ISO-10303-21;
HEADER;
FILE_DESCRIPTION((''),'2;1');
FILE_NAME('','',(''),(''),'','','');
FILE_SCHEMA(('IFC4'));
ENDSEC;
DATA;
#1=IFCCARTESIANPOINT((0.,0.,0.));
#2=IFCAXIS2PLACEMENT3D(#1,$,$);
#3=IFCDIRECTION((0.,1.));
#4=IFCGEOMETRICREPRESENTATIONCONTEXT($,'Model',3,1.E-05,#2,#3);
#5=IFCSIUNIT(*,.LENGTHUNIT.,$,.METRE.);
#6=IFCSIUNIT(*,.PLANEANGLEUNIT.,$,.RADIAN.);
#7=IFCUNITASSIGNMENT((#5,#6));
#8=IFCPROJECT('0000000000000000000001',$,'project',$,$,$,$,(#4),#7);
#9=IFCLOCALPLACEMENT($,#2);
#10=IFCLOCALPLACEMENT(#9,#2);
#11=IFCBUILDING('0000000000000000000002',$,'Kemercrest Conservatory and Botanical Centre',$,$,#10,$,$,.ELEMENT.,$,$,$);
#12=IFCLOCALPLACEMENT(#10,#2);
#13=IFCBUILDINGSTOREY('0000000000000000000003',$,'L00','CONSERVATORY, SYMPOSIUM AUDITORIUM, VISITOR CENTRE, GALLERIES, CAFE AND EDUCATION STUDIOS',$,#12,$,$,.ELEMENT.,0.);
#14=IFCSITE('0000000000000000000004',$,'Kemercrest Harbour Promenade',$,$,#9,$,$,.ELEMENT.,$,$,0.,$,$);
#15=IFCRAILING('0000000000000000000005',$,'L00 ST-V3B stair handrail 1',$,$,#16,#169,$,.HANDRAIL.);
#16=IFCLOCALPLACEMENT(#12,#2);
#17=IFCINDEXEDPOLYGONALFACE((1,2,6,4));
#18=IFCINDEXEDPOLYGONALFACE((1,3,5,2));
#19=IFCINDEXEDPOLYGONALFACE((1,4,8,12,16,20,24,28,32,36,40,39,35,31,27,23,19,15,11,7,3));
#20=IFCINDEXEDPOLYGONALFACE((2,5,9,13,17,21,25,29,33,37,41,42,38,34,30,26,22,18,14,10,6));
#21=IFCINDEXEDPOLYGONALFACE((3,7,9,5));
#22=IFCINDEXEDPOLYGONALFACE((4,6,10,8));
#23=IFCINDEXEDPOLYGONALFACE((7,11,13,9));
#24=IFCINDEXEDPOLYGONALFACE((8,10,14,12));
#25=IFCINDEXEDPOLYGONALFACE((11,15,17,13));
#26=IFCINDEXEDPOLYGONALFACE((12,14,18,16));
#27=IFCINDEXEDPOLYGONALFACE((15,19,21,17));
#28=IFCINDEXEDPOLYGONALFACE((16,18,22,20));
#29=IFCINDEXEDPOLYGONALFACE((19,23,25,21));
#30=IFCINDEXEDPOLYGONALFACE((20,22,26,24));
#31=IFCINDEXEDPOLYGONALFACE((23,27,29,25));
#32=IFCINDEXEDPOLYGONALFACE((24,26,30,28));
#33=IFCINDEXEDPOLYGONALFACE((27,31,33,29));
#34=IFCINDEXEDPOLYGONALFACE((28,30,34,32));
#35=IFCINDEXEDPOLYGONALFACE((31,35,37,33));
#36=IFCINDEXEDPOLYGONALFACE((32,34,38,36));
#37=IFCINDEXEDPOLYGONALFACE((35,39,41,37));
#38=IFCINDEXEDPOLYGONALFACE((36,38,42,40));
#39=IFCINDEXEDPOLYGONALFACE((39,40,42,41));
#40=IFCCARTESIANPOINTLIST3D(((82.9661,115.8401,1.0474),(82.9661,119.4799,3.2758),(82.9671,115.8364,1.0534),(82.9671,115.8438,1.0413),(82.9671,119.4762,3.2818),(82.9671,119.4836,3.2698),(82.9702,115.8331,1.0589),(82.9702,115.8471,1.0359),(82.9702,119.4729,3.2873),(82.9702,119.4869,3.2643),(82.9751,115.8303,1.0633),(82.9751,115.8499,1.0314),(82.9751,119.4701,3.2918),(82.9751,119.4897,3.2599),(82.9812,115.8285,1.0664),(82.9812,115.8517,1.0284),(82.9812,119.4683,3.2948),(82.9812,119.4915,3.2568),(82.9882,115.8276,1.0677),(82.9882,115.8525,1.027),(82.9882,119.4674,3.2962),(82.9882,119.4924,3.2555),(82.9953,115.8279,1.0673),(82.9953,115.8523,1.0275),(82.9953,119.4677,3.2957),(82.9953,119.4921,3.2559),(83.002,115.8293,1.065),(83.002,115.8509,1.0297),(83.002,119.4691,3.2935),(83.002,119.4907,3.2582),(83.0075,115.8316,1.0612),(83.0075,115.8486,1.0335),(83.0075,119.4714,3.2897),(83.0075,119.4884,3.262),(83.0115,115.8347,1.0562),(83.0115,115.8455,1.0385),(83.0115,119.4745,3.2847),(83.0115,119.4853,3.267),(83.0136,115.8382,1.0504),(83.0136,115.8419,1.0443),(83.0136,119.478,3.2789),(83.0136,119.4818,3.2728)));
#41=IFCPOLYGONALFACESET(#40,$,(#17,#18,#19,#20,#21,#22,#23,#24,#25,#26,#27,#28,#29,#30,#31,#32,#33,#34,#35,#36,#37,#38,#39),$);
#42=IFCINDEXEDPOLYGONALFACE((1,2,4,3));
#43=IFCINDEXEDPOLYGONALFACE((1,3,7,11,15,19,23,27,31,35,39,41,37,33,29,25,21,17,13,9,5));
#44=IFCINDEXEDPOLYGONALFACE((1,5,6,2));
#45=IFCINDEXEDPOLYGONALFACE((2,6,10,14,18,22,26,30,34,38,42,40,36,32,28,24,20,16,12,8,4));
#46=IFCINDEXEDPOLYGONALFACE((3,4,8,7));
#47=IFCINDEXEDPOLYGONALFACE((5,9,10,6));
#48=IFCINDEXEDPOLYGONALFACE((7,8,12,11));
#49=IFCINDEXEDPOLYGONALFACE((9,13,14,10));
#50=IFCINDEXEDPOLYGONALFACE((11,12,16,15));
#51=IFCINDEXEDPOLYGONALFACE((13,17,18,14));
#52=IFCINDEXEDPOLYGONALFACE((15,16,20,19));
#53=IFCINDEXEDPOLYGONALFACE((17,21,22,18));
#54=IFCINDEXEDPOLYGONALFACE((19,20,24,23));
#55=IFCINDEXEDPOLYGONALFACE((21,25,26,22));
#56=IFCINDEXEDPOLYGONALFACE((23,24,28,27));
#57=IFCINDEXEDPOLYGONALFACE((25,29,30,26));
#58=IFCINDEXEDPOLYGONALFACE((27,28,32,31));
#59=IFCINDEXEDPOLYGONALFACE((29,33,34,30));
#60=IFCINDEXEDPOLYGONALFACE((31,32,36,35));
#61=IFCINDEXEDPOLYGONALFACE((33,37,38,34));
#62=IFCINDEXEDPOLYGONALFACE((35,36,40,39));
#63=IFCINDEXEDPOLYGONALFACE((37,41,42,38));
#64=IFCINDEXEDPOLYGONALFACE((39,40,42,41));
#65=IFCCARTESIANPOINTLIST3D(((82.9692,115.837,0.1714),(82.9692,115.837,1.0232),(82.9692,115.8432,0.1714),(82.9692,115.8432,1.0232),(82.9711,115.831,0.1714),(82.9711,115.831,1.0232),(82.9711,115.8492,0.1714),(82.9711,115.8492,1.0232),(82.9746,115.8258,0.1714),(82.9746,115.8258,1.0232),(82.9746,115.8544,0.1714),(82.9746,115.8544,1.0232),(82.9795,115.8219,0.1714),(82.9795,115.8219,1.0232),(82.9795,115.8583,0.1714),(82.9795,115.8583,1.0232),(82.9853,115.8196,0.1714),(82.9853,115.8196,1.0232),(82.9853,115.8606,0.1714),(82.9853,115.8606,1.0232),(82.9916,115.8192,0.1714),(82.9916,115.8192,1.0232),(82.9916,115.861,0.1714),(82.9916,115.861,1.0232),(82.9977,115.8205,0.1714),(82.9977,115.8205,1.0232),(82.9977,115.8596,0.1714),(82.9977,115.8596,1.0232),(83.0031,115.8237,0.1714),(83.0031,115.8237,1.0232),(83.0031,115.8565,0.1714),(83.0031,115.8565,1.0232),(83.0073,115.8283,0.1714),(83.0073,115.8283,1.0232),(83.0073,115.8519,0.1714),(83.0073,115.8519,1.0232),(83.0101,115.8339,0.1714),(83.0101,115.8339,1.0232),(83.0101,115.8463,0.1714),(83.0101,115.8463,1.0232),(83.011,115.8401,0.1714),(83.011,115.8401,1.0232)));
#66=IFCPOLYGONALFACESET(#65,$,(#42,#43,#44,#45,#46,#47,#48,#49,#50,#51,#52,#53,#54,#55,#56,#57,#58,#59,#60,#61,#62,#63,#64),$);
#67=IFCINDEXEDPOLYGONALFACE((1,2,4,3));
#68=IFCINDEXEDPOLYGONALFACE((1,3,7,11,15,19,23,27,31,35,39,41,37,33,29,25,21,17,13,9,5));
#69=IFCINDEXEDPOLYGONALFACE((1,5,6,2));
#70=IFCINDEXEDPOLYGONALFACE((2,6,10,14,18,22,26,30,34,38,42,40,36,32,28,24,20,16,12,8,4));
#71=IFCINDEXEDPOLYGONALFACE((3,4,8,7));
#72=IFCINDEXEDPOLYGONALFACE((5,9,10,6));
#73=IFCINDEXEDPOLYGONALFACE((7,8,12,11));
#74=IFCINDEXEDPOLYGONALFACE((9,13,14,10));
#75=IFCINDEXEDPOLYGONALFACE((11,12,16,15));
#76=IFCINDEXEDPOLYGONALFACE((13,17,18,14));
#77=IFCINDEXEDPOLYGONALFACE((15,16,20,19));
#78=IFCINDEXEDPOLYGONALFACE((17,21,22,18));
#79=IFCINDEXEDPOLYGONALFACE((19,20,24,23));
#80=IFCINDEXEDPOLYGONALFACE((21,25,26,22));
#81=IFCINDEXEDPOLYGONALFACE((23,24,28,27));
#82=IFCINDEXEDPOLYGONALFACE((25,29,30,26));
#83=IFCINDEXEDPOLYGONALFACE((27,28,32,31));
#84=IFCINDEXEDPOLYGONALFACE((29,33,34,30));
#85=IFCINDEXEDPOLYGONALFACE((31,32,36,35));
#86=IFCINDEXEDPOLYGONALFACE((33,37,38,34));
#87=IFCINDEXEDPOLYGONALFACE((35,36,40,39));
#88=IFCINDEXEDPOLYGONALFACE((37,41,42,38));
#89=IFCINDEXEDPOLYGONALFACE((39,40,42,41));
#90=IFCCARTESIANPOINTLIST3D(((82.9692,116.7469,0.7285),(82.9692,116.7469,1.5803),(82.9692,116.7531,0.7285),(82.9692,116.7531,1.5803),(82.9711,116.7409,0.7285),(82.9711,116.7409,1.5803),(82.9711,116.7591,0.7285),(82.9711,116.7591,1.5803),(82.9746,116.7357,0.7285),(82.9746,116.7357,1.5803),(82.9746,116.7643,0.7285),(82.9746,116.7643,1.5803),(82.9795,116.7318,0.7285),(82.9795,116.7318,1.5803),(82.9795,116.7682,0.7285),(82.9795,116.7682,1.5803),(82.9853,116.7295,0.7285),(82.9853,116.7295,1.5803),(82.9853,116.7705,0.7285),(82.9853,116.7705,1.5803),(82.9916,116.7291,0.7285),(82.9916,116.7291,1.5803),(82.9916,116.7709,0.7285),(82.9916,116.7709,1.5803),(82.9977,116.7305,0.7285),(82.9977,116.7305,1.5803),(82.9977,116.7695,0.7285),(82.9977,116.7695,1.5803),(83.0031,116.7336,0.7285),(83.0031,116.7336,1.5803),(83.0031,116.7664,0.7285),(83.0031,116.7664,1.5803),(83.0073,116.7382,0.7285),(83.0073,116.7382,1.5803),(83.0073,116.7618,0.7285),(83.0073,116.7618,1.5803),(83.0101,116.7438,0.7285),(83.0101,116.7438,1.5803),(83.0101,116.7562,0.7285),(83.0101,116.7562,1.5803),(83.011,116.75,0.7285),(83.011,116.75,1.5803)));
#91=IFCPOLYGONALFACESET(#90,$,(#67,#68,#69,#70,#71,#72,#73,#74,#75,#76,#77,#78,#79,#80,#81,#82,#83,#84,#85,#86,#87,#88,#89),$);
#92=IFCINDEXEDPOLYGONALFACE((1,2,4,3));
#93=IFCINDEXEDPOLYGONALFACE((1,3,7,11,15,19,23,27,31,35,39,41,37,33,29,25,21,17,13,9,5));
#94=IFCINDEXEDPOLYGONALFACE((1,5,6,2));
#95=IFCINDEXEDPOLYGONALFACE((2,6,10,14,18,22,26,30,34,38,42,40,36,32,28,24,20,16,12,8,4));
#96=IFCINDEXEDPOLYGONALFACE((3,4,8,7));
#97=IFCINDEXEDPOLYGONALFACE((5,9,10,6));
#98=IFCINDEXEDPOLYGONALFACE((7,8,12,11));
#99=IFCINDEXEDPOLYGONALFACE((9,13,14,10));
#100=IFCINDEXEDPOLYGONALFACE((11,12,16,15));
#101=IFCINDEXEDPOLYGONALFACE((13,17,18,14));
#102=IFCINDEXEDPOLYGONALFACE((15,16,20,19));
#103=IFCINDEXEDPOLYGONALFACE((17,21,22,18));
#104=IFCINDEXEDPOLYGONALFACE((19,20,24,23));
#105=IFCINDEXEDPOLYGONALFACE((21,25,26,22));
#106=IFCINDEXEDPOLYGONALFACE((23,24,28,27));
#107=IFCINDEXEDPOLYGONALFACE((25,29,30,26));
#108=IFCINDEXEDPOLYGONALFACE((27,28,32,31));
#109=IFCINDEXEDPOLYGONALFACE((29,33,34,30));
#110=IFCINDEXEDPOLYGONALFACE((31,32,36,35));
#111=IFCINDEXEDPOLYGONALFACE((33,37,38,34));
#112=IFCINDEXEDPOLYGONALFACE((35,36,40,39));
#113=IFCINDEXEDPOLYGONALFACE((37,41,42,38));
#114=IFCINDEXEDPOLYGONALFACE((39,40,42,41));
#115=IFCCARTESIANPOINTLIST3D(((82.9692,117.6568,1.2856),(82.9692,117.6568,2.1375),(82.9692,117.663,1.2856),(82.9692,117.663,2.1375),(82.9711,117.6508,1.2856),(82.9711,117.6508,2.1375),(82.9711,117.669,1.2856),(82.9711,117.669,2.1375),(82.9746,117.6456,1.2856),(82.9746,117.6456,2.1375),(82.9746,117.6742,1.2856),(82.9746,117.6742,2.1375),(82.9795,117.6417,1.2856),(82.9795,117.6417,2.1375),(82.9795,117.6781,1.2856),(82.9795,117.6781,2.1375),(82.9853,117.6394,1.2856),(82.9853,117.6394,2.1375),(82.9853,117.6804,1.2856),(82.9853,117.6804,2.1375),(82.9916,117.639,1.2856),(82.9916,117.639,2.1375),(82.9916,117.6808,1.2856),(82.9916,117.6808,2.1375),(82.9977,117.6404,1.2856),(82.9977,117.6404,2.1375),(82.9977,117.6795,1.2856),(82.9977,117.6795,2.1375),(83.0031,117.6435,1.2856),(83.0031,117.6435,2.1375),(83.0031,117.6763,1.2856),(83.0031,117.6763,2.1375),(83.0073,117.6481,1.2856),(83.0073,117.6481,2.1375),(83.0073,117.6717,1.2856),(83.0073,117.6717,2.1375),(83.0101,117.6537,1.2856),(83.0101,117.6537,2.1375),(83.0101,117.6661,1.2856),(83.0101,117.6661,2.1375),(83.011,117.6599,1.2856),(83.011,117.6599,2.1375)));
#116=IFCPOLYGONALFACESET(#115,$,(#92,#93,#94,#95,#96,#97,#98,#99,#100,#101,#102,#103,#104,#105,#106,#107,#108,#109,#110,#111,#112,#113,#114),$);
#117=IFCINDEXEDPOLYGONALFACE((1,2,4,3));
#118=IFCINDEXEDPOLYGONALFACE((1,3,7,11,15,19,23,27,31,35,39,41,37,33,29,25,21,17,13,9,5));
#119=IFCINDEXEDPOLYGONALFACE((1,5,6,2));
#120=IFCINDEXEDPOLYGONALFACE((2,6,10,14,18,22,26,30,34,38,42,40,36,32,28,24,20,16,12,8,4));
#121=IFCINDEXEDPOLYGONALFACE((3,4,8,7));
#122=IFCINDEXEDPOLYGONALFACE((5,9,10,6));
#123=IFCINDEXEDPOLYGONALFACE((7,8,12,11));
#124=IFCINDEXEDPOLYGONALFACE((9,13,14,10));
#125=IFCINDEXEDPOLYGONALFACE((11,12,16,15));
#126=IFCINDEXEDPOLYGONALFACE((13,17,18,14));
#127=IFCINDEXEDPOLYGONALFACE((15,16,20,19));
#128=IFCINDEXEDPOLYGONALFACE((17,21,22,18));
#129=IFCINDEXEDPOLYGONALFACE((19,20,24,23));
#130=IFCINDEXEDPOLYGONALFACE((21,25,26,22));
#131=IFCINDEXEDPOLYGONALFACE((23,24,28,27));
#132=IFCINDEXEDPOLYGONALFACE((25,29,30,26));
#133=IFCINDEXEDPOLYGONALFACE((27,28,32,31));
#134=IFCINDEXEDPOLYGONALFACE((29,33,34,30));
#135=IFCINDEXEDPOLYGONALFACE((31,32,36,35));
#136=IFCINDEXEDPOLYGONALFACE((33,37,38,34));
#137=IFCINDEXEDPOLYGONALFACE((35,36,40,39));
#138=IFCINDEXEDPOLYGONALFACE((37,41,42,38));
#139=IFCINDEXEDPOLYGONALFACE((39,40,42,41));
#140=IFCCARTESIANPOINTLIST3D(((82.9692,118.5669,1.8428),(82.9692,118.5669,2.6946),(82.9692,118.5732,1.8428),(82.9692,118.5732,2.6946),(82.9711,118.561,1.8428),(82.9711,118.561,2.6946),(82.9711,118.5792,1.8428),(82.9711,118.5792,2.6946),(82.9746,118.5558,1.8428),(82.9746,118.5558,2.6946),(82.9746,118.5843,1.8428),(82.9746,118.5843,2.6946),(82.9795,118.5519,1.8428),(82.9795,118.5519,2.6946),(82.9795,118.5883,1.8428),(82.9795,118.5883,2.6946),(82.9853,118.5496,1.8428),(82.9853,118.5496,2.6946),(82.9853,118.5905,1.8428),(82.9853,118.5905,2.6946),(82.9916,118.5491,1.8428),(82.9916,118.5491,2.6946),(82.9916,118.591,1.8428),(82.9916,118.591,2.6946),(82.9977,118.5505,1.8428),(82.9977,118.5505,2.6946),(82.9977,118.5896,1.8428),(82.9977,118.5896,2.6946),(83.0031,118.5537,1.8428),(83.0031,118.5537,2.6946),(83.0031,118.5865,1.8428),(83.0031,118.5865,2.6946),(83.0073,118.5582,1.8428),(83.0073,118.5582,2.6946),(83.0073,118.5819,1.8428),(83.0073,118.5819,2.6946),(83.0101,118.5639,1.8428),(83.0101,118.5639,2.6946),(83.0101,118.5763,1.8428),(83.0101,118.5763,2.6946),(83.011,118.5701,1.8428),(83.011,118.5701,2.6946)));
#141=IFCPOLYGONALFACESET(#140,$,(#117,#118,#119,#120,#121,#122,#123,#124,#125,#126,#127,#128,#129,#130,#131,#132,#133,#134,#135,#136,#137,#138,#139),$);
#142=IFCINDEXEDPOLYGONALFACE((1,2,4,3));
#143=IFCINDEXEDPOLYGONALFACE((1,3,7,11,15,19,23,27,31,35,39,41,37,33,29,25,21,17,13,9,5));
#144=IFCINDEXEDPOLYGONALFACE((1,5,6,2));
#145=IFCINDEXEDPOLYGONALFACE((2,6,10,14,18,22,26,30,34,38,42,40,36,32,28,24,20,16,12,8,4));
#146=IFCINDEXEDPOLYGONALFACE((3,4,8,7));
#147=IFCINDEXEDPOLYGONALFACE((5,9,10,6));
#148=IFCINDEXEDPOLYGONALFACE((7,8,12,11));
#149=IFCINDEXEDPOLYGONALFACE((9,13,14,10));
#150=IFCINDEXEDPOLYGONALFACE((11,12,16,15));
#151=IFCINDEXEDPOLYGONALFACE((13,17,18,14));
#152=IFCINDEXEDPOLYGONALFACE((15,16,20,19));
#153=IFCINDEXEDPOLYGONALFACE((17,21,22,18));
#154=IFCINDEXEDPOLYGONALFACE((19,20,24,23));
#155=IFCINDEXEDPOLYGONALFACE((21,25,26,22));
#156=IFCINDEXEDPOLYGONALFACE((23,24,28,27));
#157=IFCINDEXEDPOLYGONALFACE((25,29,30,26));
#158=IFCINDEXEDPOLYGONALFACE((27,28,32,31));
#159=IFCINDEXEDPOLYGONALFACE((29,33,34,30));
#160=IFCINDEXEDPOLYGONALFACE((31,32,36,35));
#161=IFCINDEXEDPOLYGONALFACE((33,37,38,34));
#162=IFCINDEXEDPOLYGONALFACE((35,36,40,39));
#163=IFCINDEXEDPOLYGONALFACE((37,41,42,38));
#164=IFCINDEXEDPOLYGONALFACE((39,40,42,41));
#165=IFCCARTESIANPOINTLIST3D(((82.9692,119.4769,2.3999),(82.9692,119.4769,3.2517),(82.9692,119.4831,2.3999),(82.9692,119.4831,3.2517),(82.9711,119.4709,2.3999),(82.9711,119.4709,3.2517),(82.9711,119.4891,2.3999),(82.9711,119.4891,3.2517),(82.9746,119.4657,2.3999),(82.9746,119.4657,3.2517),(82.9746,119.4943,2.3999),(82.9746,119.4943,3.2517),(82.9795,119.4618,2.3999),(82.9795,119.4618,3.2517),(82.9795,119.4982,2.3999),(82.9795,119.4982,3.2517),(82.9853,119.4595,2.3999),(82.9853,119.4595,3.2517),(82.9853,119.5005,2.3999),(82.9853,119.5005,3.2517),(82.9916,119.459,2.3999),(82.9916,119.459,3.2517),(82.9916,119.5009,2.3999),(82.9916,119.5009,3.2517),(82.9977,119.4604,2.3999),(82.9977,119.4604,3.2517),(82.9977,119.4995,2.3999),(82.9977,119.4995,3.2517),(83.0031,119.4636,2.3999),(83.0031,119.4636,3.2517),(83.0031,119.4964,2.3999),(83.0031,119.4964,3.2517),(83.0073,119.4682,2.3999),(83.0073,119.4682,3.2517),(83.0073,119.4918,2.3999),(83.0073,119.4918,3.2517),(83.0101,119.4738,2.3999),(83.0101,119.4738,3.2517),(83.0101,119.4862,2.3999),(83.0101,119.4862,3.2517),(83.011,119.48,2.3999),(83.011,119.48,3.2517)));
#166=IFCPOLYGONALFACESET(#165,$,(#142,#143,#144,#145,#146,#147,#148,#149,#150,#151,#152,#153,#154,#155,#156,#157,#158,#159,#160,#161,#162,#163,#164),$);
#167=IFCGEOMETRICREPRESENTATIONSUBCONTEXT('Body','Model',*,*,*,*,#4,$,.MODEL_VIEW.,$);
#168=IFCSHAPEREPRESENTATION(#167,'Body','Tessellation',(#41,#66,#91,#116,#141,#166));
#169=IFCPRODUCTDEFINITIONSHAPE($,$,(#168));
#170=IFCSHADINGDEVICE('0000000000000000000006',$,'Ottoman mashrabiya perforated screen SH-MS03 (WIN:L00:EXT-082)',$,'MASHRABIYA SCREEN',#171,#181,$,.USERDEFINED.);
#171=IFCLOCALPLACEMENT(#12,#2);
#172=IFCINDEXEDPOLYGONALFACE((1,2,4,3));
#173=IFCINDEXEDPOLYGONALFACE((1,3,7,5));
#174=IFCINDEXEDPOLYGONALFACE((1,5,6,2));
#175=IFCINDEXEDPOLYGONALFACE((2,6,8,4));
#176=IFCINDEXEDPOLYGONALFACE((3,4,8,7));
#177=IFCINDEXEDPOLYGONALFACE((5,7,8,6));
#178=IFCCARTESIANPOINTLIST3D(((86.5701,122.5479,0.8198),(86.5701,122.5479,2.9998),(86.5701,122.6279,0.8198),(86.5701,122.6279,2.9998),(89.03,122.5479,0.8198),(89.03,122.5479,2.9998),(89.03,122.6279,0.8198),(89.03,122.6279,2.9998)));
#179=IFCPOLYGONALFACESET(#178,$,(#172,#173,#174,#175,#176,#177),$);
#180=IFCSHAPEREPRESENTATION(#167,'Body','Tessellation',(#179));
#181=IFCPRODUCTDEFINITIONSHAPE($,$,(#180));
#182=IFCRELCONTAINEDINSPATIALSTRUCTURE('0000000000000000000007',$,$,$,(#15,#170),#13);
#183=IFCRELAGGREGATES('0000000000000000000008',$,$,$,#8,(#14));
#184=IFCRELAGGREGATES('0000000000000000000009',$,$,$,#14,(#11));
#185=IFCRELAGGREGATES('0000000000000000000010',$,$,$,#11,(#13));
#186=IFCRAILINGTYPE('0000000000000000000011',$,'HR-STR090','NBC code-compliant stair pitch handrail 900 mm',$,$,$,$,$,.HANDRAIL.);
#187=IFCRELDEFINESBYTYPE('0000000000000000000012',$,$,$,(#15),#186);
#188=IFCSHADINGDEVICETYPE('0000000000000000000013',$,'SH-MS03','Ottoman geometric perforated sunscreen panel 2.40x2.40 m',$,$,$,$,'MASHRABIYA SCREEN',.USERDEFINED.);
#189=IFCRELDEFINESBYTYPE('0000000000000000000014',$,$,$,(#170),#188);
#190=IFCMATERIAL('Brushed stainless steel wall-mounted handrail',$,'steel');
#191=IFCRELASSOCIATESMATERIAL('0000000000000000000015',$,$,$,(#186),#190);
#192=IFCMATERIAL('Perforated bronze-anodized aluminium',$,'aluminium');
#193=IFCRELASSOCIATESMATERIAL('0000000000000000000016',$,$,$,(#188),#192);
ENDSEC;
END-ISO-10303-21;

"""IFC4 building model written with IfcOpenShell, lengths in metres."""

from ifc_helpers import new_model, si_unit, direction, frame, origin, origin_2d, place, context, subcontext, project, spatial, rectangle, circle, extrude, material, type_object, element, save


model = new_model("IFC4")

# Units and contexts
model_context = context("Model", 3, precision=1e-05, world=origin(), true_north=direction((0.0, 1.0)))
body_context = subcontext(model_context, "Body", "Model", "MODEL_VIEW")
ifc_project = project(units=[si_unit("LENGTHUNIT", "METRE"), si_unit("PLANEANGLEUNIT", "RADIAN")], contexts=[model_context])

# Site, building, storey
site_placement = place(None, origin())
site = spatial("IfcSite", under=ifc_project, at=site_placement, Name="Kemercrest Harbour Promenade", CompositionType="ELEMENT", RefElevation=0.0)
building_placement = place(site_placement, origin())
building = spatial("IfcBuilding", under=site, at=building_placement, Name="Kemercrest Conservatory and Botanical Centre", CompositionType="ELEMENT")
storey_placement = place(building_placement, origin())
storey = spatial("IfcBuildingStorey", under=building, at=storey_placement, Name="L00", Description="CONSERVATORY, SYMPOSIUM AUDITORIUM, VISITOR CENTRE, GALLERIES, CAFE AND EDUCATION STUDIOS", CompositionType="ELEMENT", Elevation=0.0)

# Railing
ifc_material_1 = material(Name="Brushed stainless steel wall-mounted handrail", Category="steel")
railing_type_1 = type_object("IfcRailingType", Name="HR-STR090", Description="NBC code-compliant stair pitch handrail 900 mm", PredefinedType="HANDRAIL", material=ifc_material_1)
railing_1_placement = place(storey_placement, frame((82.99, 115.8401, 0.1714)))
element("IfcRailing", 1, at=railing_1_placement, inside=storey, type_object=railing_type_1, Name="L00 ST-V3B stair handrail 1", PredefinedType="HANDRAIL", context=body_context, shape_type="SweptSolid", body=[
    extrude(circle(Radius=0.0239, at=origin_2d()), frame((0.0, 0.0, 0.876), z_axis=(0.0, 0.85285, 0.522156), x_axis=(-1.0, 0.0, 0.0)), (0.0, 0.0, 1.0), 4.2678),
    extrude(circle(Radius=0.021, at=origin_2d()), origin(), (0.0, 0.0, 1.0), 0.8518),
    extrude(circle(Radius=0.021, at=origin_2d()), frame((0.0, 0.9099, 0.5571)), (0.0, 0.0, 1.0), 0.8518),
    extrude(circle(Radius=0.021, at=origin_2d()), frame((0.0, 1.8198, 1.1143)), (0.0, 0.0, 1.0), 0.8518),
    extrude(circle(Radius=0.021, at=origin_2d()), frame((0.0, 2.73, 1.6714)), (0.0, 0.0, 1.0), 0.8518),
    extrude(circle(Radius=0.021, at=origin_2d()), frame((0.0, 3.6399, 2.2285)), (0.0, 0.0, 1.0), 0.8518),
])

# Shading device
ifc_material_2 = material(Name="Perforated bronze-anodized aluminium", Category="aluminium")
shading_device_type = type_object("IfcShadingDeviceType", Name="SH-MS03", Description="Ottoman geometric perforated sunscreen panel 2.40x2.40 m", ElementType="MASHRABIYA SCREEN", PredefinedType="USERDEFINED", material=ifc_material_2)
shading_device_placement = place(storey_placement, frame((87.8, 122.5879, 0.8198), z_axis=(0.0, 0.0, 1.0), x_axis=(-1.0, 0.0, 0.0)))
element("IfcShadingDevice", 2, at=shading_device_placement, inside=storey, type_object=shading_device_type, Name="Ottoman mashrabiya perforated screen SH-MS03 (WIN:L00:EXT-082)", ObjectType="MASHRABIYA SCREEN", PredefinedType="USERDEFINED", context=body_context, shape_type="SweptSolid", body=[
    extrude(rectangle(XDim=2.46, YDim=0.0801, at=origin_2d()), origin(), (0.0, 0.0, 1.0), 2.1799),
])

save(model, "model.ifc")
